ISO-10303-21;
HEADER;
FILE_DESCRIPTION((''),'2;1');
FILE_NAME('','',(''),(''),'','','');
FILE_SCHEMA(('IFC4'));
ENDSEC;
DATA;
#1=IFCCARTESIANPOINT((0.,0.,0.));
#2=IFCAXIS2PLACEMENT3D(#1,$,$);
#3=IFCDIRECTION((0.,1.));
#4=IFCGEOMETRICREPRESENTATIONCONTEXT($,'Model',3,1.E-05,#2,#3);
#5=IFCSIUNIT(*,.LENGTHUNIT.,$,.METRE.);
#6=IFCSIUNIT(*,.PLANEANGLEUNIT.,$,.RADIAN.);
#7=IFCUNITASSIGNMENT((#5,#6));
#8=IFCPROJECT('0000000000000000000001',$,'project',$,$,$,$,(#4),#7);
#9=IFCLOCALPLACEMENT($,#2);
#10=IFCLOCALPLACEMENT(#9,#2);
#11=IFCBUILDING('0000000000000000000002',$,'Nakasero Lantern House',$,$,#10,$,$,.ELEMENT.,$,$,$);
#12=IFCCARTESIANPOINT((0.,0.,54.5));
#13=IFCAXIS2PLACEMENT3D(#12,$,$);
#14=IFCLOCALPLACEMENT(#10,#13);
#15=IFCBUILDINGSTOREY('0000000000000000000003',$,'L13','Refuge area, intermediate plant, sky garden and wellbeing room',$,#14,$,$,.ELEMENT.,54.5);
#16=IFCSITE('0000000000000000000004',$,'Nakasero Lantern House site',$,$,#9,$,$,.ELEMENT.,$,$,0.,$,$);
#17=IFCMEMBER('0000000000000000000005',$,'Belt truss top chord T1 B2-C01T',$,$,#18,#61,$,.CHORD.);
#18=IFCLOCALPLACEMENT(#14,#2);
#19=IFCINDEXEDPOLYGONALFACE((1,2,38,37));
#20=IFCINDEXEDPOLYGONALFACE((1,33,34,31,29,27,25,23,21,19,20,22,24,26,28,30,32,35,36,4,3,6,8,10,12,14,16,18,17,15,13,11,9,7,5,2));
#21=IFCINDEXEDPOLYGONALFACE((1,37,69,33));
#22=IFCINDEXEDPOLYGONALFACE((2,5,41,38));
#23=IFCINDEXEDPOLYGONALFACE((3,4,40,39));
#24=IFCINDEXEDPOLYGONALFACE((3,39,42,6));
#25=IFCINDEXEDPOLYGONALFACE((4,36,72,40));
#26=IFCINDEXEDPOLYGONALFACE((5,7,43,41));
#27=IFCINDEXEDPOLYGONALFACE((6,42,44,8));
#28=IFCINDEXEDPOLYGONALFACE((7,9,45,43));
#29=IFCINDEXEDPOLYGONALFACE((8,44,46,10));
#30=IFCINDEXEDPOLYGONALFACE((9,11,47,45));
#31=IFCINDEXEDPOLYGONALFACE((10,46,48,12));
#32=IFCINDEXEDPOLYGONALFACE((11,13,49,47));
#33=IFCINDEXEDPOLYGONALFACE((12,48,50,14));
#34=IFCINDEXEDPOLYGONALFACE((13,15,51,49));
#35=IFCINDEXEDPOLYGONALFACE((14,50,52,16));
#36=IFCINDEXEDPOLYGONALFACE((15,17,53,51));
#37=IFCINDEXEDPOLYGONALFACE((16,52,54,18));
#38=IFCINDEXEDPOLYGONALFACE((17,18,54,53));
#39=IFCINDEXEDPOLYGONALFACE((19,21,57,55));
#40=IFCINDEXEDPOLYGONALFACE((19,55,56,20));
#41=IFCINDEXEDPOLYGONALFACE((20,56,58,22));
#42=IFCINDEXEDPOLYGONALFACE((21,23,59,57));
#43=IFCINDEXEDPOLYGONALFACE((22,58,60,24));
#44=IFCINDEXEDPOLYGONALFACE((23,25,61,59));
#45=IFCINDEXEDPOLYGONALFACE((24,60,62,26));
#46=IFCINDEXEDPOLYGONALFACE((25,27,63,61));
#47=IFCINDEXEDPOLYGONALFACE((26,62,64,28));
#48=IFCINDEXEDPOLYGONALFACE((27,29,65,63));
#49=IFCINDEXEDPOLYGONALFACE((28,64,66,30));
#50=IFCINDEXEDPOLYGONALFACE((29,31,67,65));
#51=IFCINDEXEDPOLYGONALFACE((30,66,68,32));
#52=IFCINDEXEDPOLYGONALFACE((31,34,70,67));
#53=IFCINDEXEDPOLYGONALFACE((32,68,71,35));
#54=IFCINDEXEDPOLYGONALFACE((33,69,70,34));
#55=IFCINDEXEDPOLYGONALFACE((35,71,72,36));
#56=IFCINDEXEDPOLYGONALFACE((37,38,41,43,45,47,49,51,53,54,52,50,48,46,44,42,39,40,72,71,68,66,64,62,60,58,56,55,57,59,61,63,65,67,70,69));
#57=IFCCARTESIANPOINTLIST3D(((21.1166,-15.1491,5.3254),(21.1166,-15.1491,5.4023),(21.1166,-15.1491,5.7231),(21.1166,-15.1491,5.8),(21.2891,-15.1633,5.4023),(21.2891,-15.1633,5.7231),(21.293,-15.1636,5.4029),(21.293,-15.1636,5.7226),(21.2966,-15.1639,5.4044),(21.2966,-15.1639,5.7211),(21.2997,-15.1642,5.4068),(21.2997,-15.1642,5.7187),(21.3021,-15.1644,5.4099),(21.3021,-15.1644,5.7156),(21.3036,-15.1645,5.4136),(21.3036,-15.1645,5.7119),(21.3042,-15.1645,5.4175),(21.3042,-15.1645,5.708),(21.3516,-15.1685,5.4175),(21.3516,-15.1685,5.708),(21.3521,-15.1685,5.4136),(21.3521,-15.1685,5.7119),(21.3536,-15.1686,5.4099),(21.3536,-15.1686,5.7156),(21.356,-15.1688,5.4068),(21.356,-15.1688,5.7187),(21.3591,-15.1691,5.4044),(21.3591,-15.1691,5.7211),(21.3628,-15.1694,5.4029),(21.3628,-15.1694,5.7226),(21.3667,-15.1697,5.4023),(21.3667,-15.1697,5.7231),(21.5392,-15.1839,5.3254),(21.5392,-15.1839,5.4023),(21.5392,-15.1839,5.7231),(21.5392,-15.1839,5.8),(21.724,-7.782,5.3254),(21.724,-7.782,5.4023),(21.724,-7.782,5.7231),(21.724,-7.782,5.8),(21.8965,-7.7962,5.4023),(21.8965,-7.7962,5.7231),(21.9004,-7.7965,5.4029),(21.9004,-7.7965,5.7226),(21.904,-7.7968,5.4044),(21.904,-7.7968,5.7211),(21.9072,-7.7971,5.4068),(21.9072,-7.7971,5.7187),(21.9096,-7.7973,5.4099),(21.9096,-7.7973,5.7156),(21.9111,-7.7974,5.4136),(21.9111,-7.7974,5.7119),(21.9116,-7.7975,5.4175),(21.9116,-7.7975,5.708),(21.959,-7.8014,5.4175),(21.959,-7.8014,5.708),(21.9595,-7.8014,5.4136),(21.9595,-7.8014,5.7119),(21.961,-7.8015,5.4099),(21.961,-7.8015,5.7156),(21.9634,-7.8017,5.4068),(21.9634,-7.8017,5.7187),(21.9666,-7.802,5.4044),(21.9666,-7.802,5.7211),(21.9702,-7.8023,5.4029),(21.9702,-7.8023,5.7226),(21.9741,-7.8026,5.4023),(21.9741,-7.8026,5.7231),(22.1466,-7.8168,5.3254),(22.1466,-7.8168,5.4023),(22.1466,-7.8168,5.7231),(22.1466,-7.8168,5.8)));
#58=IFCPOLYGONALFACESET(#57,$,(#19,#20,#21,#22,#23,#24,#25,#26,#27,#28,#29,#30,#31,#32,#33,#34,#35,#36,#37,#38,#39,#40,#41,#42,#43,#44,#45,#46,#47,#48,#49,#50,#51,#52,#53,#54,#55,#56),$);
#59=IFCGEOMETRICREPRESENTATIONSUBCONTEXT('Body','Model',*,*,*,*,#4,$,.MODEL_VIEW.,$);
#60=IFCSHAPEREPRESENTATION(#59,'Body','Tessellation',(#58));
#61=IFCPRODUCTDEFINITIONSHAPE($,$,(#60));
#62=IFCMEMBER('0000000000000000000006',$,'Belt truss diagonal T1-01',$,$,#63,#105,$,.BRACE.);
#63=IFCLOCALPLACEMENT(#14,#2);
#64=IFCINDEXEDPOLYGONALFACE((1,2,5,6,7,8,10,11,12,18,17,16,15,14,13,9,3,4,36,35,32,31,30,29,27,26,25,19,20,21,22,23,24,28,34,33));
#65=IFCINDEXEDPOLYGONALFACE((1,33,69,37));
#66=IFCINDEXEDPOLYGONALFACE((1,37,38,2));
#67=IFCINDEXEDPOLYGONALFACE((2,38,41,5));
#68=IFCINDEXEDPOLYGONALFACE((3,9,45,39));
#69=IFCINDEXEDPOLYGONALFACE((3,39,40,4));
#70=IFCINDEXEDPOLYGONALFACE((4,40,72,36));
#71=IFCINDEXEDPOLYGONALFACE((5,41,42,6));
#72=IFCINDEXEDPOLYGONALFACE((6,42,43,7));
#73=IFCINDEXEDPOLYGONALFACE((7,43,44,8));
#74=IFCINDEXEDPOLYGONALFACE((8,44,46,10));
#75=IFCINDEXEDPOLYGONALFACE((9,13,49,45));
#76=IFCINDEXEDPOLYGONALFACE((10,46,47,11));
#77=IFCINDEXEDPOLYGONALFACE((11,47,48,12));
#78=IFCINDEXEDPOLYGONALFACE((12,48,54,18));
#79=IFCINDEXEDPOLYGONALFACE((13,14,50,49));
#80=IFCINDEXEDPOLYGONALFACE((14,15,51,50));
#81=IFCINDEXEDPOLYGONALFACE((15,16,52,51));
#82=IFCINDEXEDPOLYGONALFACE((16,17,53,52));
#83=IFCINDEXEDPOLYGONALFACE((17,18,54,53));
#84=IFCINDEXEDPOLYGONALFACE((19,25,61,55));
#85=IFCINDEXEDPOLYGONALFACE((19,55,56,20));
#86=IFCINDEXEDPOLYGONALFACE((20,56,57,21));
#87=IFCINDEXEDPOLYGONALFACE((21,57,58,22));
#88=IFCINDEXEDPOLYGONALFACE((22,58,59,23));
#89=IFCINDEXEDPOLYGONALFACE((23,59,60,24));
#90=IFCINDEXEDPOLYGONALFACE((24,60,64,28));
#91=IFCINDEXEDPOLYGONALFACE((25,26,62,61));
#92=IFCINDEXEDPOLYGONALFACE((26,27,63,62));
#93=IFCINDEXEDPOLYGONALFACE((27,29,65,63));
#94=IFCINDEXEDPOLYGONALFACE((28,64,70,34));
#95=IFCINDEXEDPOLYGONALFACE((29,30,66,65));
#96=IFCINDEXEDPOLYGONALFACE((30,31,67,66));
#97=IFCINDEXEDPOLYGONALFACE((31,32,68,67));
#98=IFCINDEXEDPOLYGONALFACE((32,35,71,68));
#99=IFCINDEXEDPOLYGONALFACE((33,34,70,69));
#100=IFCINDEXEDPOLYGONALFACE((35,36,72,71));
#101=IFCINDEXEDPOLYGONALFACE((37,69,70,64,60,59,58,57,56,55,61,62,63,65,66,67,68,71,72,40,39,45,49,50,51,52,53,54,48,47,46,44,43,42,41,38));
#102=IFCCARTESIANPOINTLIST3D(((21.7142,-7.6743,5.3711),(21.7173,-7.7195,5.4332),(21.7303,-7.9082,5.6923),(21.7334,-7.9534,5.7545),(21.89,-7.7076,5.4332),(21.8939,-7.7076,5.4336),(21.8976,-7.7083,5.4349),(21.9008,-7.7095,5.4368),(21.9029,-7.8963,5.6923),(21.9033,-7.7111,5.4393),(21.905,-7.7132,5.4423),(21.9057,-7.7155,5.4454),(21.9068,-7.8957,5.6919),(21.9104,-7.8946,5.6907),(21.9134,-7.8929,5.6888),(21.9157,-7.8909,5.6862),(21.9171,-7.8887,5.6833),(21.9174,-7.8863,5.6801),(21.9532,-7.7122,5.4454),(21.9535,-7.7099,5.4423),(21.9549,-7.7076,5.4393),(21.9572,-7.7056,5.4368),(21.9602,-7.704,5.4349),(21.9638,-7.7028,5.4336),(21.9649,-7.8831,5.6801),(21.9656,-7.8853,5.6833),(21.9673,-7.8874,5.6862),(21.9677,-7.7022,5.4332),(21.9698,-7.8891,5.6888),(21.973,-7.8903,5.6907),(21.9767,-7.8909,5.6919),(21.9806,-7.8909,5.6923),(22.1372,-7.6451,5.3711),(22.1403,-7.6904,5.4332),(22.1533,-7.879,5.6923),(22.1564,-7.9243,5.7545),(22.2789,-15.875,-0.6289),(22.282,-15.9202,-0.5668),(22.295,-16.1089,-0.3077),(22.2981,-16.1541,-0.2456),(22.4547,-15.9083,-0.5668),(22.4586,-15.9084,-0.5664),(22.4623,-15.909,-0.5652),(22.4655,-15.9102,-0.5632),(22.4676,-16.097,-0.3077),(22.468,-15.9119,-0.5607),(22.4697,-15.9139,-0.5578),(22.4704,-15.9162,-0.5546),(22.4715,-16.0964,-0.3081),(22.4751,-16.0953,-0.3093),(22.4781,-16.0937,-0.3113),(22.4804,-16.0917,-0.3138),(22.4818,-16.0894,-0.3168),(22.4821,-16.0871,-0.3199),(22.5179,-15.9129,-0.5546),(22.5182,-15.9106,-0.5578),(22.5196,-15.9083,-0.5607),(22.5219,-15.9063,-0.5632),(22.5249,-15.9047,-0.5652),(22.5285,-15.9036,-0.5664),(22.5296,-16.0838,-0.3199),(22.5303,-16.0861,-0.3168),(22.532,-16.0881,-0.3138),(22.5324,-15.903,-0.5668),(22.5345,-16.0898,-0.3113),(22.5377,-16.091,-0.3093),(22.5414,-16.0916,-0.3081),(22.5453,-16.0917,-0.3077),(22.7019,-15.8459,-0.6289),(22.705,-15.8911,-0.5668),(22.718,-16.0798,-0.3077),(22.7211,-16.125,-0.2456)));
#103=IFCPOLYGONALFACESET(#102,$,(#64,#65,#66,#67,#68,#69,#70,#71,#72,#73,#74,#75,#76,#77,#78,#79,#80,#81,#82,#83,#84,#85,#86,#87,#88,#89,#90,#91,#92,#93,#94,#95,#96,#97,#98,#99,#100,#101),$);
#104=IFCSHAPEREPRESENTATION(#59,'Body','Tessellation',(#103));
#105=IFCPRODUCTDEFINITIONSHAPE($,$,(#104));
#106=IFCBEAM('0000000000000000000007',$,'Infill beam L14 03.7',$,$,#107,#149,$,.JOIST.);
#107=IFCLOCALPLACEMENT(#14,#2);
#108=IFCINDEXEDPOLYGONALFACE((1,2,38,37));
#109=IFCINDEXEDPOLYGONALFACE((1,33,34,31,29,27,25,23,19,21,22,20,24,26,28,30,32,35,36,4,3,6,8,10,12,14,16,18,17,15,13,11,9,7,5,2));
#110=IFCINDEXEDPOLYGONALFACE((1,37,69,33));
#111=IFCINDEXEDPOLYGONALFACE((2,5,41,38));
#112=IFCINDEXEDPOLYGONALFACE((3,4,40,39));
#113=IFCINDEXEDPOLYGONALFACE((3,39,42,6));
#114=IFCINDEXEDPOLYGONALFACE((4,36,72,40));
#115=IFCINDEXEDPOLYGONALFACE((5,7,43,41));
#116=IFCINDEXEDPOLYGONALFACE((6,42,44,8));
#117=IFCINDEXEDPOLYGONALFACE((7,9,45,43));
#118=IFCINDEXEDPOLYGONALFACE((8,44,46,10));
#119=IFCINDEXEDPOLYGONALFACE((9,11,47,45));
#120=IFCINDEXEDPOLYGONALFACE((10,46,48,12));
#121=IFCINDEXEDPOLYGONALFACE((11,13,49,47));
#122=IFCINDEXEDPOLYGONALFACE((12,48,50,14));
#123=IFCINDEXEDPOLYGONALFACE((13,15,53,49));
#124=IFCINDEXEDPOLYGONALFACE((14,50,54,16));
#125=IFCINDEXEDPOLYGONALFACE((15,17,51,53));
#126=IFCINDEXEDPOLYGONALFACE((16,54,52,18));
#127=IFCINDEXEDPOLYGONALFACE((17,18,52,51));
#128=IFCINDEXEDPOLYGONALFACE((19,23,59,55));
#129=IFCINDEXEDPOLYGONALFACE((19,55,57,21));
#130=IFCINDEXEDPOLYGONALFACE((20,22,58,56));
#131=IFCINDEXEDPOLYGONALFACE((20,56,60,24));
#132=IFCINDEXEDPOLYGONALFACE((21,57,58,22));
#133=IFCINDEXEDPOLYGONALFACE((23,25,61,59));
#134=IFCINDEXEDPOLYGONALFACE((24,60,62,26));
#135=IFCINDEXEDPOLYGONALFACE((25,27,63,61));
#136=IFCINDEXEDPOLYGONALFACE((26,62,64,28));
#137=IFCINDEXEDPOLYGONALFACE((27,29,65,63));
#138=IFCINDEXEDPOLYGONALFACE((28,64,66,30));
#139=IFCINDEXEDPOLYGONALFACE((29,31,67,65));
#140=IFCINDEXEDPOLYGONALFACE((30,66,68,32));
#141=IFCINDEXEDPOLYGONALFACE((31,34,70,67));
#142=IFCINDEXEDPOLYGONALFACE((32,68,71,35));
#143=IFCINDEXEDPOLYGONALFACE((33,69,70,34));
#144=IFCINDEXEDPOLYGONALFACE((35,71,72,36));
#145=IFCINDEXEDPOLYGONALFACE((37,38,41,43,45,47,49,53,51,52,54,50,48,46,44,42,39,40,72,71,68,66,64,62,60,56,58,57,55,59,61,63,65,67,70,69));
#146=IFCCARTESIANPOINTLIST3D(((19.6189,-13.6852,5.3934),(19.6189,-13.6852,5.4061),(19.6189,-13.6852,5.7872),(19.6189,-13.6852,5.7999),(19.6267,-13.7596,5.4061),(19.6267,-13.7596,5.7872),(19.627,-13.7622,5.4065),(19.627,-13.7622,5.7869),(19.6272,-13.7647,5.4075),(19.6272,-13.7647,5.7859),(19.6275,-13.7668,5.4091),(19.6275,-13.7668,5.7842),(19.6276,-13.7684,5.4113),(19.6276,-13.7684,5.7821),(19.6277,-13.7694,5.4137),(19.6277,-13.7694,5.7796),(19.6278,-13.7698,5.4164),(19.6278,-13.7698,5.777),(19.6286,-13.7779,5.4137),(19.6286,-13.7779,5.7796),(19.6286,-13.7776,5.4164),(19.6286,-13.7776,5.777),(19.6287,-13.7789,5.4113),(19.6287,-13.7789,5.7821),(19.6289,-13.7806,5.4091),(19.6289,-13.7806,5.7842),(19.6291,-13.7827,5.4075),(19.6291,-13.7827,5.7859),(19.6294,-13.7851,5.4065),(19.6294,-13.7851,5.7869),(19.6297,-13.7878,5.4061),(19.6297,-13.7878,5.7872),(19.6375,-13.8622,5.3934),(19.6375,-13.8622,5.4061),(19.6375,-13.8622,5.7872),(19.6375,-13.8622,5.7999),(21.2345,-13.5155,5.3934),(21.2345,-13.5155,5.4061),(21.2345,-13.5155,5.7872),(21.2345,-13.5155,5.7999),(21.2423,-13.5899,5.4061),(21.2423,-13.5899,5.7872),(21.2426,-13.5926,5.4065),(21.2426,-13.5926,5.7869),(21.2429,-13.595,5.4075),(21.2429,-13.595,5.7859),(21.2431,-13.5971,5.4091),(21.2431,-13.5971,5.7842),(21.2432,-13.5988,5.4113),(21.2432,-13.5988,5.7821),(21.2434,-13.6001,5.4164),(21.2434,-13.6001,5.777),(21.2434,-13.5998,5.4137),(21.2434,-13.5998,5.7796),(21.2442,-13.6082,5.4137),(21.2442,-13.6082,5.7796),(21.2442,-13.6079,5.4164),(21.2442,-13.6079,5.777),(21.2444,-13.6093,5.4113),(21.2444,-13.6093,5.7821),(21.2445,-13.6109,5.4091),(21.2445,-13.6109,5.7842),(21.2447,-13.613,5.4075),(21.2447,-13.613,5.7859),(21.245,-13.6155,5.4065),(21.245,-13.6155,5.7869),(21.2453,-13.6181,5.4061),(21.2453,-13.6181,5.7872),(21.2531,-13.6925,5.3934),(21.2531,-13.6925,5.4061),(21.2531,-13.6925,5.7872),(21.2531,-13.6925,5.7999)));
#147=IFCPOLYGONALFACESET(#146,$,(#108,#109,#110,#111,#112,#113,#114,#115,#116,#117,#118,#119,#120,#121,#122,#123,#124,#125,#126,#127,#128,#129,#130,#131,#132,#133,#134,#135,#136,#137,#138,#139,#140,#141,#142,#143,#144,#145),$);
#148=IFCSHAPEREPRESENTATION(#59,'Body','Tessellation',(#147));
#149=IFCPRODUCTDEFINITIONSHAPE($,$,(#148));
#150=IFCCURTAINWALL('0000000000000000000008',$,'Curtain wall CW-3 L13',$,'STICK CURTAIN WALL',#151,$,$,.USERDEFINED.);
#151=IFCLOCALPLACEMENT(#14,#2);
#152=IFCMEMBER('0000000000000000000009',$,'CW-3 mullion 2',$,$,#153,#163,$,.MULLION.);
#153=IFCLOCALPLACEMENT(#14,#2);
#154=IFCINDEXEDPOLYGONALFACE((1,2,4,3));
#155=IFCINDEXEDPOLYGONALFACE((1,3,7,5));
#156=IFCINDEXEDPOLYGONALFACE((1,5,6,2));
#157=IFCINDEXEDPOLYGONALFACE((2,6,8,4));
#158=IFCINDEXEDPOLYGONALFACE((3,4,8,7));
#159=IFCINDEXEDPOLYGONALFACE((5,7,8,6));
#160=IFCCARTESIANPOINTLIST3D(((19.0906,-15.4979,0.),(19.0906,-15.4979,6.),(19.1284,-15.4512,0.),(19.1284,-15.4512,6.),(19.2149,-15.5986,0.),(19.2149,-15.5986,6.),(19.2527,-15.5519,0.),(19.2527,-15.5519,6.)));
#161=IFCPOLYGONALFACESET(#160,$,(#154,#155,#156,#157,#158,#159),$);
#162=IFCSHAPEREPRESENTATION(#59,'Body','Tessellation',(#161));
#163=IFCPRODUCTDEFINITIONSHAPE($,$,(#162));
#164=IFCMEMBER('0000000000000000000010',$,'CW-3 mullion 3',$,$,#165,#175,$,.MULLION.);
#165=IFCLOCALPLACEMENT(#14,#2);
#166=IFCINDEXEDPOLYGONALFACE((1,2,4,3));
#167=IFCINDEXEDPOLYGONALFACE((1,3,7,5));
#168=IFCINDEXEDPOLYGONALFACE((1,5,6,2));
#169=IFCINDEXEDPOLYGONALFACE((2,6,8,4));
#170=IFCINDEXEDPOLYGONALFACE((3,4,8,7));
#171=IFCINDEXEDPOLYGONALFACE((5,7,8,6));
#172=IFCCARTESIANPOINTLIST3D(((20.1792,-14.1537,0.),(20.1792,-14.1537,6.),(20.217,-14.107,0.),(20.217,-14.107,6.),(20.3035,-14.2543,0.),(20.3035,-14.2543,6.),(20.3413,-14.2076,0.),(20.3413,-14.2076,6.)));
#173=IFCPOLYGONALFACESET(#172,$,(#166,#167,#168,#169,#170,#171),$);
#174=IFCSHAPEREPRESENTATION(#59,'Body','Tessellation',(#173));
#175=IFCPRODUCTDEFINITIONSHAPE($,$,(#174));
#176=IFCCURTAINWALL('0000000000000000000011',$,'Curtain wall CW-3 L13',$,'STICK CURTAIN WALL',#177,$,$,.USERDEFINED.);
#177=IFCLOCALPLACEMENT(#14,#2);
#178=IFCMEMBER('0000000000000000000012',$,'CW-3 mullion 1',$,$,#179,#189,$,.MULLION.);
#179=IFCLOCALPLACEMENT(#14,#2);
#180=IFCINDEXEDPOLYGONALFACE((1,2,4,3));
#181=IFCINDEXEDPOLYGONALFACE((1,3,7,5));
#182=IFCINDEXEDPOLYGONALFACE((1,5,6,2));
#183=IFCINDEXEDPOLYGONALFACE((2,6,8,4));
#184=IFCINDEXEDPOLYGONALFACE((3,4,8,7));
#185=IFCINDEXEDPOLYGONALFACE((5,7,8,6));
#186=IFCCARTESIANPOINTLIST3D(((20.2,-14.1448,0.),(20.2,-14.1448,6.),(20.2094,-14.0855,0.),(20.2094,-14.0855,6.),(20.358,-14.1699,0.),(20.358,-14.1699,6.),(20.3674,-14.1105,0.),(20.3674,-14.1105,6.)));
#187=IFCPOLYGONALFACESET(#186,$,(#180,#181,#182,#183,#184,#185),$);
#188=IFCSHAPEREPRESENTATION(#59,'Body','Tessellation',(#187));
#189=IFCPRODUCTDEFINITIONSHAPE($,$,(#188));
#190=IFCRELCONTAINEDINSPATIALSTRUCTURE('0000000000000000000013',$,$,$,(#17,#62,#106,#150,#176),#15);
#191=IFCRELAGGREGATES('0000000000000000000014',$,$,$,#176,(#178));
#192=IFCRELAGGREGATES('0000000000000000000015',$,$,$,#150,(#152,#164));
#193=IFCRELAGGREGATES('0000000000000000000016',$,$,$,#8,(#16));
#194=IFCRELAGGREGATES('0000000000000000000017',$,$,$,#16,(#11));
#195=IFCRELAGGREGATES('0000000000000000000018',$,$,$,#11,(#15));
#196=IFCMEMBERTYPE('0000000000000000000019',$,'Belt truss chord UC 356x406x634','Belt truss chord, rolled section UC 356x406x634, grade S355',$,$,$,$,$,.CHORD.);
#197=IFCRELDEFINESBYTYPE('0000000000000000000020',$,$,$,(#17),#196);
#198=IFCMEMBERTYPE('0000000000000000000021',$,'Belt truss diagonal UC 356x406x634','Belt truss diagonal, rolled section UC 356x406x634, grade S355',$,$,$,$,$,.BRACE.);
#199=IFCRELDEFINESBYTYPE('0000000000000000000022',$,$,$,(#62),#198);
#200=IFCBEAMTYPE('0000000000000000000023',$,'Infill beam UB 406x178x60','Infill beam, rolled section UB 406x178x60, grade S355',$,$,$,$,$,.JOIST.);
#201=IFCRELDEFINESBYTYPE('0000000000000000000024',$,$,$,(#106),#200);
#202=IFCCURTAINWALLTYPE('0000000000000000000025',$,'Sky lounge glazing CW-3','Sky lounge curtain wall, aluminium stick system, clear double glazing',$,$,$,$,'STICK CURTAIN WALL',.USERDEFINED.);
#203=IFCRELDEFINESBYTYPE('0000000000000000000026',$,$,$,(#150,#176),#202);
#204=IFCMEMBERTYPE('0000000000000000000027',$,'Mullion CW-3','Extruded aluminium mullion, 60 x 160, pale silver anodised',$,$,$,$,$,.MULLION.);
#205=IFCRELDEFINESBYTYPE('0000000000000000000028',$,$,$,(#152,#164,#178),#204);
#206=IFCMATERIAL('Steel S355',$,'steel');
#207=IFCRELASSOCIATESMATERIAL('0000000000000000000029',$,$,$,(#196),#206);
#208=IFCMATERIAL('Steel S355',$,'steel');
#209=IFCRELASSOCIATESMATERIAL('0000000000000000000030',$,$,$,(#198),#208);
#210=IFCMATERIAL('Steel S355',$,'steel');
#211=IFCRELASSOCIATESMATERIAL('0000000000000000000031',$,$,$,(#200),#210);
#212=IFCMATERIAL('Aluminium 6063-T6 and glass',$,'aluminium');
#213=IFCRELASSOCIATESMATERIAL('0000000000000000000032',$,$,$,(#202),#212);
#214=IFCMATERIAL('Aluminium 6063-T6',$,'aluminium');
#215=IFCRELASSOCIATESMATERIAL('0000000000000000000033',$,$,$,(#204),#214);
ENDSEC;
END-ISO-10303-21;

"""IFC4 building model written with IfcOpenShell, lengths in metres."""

from ifc_helpers import new_model, si_unit, direction, frame, origin, origin_2d, place, context, subcontext, project, spatial, rectangle, i_section, extrude, material, material_profile, profile_set, type_object, element, aggregate, save


model = new_model("IFC4")

# Units and contexts
model_context = context("Model", 3, precision=1e-05, world=origin(), true_north=direction((0.0, 1.0)))
body_context = subcontext(model_context, "Body", "Model", "MODEL_VIEW")
ifc_project = project(units=[si_unit("LENGTHUNIT", "METRE"), si_unit("PLANEANGLEUNIT", "RADIAN")], contexts=[model_context])

# Site, building, storey
site_placement = place(None, origin())
site = spatial("IfcSite", under=ifc_project, at=site_placement, Name="Nakasero Lantern House site", CompositionType="ELEMENT", RefElevation=0.0)
building_placement = place(site_placement, origin())
building = spatial("IfcBuilding", under=site, at=building_placement, Name="Nakasero Lantern House", CompositionType="ELEMENT")
storey_placement = place(building_placement, frame((0.0, 0.0, 54.5)))
storey = spatial("IfcBuildingStorey", under=building, at=storey_placement, Name="L13", Description="Refuge area, intermediate plant, sky garden and wellbeing room", CompositionType="ELEMENT", Elevation=54.5)

# Members
ifc_material_1 = material(Name="Steel S355", Category="steel")
ifc_material_profile_1 = material_profile(ifc_material_1, i_section(OverallWidth=0.4241, OverallDepth=0.4746, WebThickness=0.0476, FlangeThickness=0.0769, FilletRadius=0.0151, at=origin_2d()), Name="UC 356x406x634")
ifc_profile_set_1 = profile_set([ifc_material_profile_1], Name="Steel S355")
member_type_1 = type_object("IfcMemberType", Name="Belt truss chord UC 356x406x634", Description="Belt truss chord, rolled section UC 356x406x634, grade S355", PredefinedType="CHORD", material=ifc_profile_set_1)
member_1_placement = place(storey_placement, frame((21.3279, -15.1665, 5.5627), z_axis=(0.082171, 0.996618, 0.0), x_axis=(-0.996618, 0.082171, 0.0)))
element("IfcMember", 1, at=member_1_placement, inside=storey, type_object=member_type_1, Name="Belt truss top chord T1 B2-C01T", PredefinedType="CHORD", context=body_context, shape_type="SweptSolid", body=[
    extrude(i_section(OverallWidth=0.4241, OverallDepth=0.4746, WebThickness=0.0476, FlangeThickness=0.0769, FilletRadius=0.0151, at=origin_2d()), origin(), (0.0, 0.0, 1.0), 7.3921),
])
ifc_material_2 = material(Name="Steel S355", Category="steel")
ifc_material_profile_2 = material_profile(ifc_material_2, i_section(OverallWidth=0.4241, OverallDepth=0.4746, WebThickness=0.0476, FlangeThickness=0.0769, FilletRadius=0.0151, at=origin_2d()), Name="UC 356x406x634")
ifc_profile_set_2 = profile_set([ifc_material_profile_2], Name="Steel S355")
member_type_2 = type_object("IfcMemberType", Name="Belt truss diagonal UC 356x406x634", Description="Belt truss diagonal, rolled section UC 356x406x634, grade S355", PredefinedType="BRACE", material=ifc_profile_set_2)
member_2_placement = place(storey_placement, frame((22.5, -16.0, -0.4373), z_axis=(-0.055488, 0.80581, 0.589568), x_axis=(-0.997638, -0.068697, 0.0)))
element("IfcMember", 2, at=member_2_placement, inside=storey, type_object=member_type_2, Name="Belt truss diagonal T1-01", PredefinedType="BRACE", context=body_context, shape_type="SweptSolid", body=[
    extrude(i_section(OverallWidth=0.4241, OverallDepth=0.4746, WebThickness=0.0476, FlangeThickness=0.0769, FilletRadius=0.0151, at=origin_2d()), origin(), (0.0, 0.0, 1.0), 10.177),
])

# Beam
ifc_material_3 = material(Name="Steel S355", Category="steel")
ifc_material_profile_3 = material_profile(ifc_material_3, i_section(OverallWidth=0.178, OverallDepth=0.4065, WebThickness=0.0078, FlangeThickness=0.0127, FilletRadius=0.0103, at=origin_2d()), Name="UB 406x178x60")
ifc_profile_set_3 = profile_set([ifc_material_profile_3], Name="Steel S355")
beam_type_1 = type_object("IfcBeamType", Name="Infill beam UB 406x178x60", Description="Infill beam, rolled section UB 406x178x60, grade S355", PredefinedType="JOIST", material=ifc_profile_set_3)
beam_1_placement = place(storey_placement, frame((19.6282, -13.7737, 5.5967), z_axis=(0.994531, 0.104442, 0.0), x_axis=(-0.104442, 0.994531, 0.0)))
element("IfcBeam", 3, at=beam_1_placement, inside=storey, type_object=beam_type_1, Name="Infill beam L14 03.7", PredefinedType="JOIST", context=body_context, shape_type="SweptSolid", body=[
    extrude(i_section(OverallWidth=0.178, OverallDepth=0.4065, WebThickness=0.0078, FlangeThickness=0.0127, FilletRadius=0.0103, at=origin_2d()), origin(), (0.0, 0.0, 1.0), 1.6245),
])

# Curtain walls, members
ifc_material_4 = material(Name="Aluminium 6063-T6 and glass", Category="aluminium")
curtain_wall_type = type_object("IfcCurtainWallType", Name="Sky lounge glazing CW-3", Description="Sky lounge curtain wall, aluminium stick system, clear double glazing", ElementType="STICK CURTAIN WALL", PredefinedType="USERDEFINED", material=ifc_material_4)
curtain_wall_1_placement = place(storey_placement, origin())
curtain_wall_1 = element("IfcCurtainWall", 4, at=curtain_wall_1_placement, inside=storey, type_object=curtain_wall_type, Name="Curtain wall CW-3 L13", ObjectType="STICK CURTAIN WALL", PredefinedType="USERDEFINED")
ifc_material_5 = material(Name="Aluminium 6063-T6", Category="aluminium")
ifc_material_profile_4 = material_profile(ifc_material_5, rectangle(XDim=0.0601, YDim=0.1599, at=origin_2d()), Name="CW-3 mullion 60x160")
ifc_profile_set_4 = profile_set([ifc_material_profile_4], Name="Aluminium 6063-T6")
member_type_3 = type_object("IfcMemberType", Name="Mullion CW-3", Description="Extruded aluminium mullion, 60 x 160, pale silver anodised", PredefinedType="MULLION", material=ifc_profile_set_4)
member_3_placement = place(storey_placement, frame((19.1716, -15.5249, 0.0), z_axis=(0.0, 0.0, 1.0), x_axis=(0.62932, 0.777146, 0.0)))
member_3 = element("IfcMember", 5, at=member_3_placement, type_object=member_type_3, Name="CW-3 mullion 2", PredefinedType="MULLION", context=body_context, shape_type="SweptSolid", body=[
    extrude(rectangle(XDim=0.0601, YDim=0.1599, at=origin_2d()), origin(), (0.0, 0.0, 1.0), 6.0),
])
member_4_placement = place(storey_placement, frame((20.2603, -14.1807, 0.0), z_axis=(0.0, 0.0, 1.0), x_axis=(0.62932, 0.777146, 0.0)))
member_4 = element("IfcMember", 6, at=member_4_placement, type_object=member_type_3, Name="CW-3 mullion 3", PredefinedType="MULLION", context=body_context, shape_type="SweptSolid", body=[
    extrude(rectangle(XDim=0.0601, YDim=0.1599, at=origin_2d()), origin(), (0.0, 0.0, 1.0), 6.0),
])
curtain_wall_2_placement = place(storey_placement, origin())
curtain_wall_2 = element("IfcCurtainWall", 7, at=curtain_wall_2_placement, inside=storey, type_object=curtain_wall_type, Name="Curtain wall CW-3 L13", ObjectType="STICK CURTAIN WALL", PredefinedType="USERDEFINED")
member_5_placement = place(storey_placement, frame((20.2837, -14.1277, 0.0), z_axis=(0.0, 0.0, 1.0), x_axis=(0.156434, 0.987688, 0.0)))
member_5 = element("IfcMember", 8, at=member_5_placement, type_object=member_type_3, Name="CW-3 mullion 1", PredefinedType="MULLION", context=body_context, shape_type="SweptSolid", body=[
    extrude(rectangle(XDim=0.0601, YDim=0.1599, at=origin_2d()), origin(), (0.0, 0.0, 1.0), 6.0),
])

aggregate(curtain_wall_2, [member_5])
aggregate(curtain_wall_1, [member_3, member_4])

save(model, "model.ifc")
